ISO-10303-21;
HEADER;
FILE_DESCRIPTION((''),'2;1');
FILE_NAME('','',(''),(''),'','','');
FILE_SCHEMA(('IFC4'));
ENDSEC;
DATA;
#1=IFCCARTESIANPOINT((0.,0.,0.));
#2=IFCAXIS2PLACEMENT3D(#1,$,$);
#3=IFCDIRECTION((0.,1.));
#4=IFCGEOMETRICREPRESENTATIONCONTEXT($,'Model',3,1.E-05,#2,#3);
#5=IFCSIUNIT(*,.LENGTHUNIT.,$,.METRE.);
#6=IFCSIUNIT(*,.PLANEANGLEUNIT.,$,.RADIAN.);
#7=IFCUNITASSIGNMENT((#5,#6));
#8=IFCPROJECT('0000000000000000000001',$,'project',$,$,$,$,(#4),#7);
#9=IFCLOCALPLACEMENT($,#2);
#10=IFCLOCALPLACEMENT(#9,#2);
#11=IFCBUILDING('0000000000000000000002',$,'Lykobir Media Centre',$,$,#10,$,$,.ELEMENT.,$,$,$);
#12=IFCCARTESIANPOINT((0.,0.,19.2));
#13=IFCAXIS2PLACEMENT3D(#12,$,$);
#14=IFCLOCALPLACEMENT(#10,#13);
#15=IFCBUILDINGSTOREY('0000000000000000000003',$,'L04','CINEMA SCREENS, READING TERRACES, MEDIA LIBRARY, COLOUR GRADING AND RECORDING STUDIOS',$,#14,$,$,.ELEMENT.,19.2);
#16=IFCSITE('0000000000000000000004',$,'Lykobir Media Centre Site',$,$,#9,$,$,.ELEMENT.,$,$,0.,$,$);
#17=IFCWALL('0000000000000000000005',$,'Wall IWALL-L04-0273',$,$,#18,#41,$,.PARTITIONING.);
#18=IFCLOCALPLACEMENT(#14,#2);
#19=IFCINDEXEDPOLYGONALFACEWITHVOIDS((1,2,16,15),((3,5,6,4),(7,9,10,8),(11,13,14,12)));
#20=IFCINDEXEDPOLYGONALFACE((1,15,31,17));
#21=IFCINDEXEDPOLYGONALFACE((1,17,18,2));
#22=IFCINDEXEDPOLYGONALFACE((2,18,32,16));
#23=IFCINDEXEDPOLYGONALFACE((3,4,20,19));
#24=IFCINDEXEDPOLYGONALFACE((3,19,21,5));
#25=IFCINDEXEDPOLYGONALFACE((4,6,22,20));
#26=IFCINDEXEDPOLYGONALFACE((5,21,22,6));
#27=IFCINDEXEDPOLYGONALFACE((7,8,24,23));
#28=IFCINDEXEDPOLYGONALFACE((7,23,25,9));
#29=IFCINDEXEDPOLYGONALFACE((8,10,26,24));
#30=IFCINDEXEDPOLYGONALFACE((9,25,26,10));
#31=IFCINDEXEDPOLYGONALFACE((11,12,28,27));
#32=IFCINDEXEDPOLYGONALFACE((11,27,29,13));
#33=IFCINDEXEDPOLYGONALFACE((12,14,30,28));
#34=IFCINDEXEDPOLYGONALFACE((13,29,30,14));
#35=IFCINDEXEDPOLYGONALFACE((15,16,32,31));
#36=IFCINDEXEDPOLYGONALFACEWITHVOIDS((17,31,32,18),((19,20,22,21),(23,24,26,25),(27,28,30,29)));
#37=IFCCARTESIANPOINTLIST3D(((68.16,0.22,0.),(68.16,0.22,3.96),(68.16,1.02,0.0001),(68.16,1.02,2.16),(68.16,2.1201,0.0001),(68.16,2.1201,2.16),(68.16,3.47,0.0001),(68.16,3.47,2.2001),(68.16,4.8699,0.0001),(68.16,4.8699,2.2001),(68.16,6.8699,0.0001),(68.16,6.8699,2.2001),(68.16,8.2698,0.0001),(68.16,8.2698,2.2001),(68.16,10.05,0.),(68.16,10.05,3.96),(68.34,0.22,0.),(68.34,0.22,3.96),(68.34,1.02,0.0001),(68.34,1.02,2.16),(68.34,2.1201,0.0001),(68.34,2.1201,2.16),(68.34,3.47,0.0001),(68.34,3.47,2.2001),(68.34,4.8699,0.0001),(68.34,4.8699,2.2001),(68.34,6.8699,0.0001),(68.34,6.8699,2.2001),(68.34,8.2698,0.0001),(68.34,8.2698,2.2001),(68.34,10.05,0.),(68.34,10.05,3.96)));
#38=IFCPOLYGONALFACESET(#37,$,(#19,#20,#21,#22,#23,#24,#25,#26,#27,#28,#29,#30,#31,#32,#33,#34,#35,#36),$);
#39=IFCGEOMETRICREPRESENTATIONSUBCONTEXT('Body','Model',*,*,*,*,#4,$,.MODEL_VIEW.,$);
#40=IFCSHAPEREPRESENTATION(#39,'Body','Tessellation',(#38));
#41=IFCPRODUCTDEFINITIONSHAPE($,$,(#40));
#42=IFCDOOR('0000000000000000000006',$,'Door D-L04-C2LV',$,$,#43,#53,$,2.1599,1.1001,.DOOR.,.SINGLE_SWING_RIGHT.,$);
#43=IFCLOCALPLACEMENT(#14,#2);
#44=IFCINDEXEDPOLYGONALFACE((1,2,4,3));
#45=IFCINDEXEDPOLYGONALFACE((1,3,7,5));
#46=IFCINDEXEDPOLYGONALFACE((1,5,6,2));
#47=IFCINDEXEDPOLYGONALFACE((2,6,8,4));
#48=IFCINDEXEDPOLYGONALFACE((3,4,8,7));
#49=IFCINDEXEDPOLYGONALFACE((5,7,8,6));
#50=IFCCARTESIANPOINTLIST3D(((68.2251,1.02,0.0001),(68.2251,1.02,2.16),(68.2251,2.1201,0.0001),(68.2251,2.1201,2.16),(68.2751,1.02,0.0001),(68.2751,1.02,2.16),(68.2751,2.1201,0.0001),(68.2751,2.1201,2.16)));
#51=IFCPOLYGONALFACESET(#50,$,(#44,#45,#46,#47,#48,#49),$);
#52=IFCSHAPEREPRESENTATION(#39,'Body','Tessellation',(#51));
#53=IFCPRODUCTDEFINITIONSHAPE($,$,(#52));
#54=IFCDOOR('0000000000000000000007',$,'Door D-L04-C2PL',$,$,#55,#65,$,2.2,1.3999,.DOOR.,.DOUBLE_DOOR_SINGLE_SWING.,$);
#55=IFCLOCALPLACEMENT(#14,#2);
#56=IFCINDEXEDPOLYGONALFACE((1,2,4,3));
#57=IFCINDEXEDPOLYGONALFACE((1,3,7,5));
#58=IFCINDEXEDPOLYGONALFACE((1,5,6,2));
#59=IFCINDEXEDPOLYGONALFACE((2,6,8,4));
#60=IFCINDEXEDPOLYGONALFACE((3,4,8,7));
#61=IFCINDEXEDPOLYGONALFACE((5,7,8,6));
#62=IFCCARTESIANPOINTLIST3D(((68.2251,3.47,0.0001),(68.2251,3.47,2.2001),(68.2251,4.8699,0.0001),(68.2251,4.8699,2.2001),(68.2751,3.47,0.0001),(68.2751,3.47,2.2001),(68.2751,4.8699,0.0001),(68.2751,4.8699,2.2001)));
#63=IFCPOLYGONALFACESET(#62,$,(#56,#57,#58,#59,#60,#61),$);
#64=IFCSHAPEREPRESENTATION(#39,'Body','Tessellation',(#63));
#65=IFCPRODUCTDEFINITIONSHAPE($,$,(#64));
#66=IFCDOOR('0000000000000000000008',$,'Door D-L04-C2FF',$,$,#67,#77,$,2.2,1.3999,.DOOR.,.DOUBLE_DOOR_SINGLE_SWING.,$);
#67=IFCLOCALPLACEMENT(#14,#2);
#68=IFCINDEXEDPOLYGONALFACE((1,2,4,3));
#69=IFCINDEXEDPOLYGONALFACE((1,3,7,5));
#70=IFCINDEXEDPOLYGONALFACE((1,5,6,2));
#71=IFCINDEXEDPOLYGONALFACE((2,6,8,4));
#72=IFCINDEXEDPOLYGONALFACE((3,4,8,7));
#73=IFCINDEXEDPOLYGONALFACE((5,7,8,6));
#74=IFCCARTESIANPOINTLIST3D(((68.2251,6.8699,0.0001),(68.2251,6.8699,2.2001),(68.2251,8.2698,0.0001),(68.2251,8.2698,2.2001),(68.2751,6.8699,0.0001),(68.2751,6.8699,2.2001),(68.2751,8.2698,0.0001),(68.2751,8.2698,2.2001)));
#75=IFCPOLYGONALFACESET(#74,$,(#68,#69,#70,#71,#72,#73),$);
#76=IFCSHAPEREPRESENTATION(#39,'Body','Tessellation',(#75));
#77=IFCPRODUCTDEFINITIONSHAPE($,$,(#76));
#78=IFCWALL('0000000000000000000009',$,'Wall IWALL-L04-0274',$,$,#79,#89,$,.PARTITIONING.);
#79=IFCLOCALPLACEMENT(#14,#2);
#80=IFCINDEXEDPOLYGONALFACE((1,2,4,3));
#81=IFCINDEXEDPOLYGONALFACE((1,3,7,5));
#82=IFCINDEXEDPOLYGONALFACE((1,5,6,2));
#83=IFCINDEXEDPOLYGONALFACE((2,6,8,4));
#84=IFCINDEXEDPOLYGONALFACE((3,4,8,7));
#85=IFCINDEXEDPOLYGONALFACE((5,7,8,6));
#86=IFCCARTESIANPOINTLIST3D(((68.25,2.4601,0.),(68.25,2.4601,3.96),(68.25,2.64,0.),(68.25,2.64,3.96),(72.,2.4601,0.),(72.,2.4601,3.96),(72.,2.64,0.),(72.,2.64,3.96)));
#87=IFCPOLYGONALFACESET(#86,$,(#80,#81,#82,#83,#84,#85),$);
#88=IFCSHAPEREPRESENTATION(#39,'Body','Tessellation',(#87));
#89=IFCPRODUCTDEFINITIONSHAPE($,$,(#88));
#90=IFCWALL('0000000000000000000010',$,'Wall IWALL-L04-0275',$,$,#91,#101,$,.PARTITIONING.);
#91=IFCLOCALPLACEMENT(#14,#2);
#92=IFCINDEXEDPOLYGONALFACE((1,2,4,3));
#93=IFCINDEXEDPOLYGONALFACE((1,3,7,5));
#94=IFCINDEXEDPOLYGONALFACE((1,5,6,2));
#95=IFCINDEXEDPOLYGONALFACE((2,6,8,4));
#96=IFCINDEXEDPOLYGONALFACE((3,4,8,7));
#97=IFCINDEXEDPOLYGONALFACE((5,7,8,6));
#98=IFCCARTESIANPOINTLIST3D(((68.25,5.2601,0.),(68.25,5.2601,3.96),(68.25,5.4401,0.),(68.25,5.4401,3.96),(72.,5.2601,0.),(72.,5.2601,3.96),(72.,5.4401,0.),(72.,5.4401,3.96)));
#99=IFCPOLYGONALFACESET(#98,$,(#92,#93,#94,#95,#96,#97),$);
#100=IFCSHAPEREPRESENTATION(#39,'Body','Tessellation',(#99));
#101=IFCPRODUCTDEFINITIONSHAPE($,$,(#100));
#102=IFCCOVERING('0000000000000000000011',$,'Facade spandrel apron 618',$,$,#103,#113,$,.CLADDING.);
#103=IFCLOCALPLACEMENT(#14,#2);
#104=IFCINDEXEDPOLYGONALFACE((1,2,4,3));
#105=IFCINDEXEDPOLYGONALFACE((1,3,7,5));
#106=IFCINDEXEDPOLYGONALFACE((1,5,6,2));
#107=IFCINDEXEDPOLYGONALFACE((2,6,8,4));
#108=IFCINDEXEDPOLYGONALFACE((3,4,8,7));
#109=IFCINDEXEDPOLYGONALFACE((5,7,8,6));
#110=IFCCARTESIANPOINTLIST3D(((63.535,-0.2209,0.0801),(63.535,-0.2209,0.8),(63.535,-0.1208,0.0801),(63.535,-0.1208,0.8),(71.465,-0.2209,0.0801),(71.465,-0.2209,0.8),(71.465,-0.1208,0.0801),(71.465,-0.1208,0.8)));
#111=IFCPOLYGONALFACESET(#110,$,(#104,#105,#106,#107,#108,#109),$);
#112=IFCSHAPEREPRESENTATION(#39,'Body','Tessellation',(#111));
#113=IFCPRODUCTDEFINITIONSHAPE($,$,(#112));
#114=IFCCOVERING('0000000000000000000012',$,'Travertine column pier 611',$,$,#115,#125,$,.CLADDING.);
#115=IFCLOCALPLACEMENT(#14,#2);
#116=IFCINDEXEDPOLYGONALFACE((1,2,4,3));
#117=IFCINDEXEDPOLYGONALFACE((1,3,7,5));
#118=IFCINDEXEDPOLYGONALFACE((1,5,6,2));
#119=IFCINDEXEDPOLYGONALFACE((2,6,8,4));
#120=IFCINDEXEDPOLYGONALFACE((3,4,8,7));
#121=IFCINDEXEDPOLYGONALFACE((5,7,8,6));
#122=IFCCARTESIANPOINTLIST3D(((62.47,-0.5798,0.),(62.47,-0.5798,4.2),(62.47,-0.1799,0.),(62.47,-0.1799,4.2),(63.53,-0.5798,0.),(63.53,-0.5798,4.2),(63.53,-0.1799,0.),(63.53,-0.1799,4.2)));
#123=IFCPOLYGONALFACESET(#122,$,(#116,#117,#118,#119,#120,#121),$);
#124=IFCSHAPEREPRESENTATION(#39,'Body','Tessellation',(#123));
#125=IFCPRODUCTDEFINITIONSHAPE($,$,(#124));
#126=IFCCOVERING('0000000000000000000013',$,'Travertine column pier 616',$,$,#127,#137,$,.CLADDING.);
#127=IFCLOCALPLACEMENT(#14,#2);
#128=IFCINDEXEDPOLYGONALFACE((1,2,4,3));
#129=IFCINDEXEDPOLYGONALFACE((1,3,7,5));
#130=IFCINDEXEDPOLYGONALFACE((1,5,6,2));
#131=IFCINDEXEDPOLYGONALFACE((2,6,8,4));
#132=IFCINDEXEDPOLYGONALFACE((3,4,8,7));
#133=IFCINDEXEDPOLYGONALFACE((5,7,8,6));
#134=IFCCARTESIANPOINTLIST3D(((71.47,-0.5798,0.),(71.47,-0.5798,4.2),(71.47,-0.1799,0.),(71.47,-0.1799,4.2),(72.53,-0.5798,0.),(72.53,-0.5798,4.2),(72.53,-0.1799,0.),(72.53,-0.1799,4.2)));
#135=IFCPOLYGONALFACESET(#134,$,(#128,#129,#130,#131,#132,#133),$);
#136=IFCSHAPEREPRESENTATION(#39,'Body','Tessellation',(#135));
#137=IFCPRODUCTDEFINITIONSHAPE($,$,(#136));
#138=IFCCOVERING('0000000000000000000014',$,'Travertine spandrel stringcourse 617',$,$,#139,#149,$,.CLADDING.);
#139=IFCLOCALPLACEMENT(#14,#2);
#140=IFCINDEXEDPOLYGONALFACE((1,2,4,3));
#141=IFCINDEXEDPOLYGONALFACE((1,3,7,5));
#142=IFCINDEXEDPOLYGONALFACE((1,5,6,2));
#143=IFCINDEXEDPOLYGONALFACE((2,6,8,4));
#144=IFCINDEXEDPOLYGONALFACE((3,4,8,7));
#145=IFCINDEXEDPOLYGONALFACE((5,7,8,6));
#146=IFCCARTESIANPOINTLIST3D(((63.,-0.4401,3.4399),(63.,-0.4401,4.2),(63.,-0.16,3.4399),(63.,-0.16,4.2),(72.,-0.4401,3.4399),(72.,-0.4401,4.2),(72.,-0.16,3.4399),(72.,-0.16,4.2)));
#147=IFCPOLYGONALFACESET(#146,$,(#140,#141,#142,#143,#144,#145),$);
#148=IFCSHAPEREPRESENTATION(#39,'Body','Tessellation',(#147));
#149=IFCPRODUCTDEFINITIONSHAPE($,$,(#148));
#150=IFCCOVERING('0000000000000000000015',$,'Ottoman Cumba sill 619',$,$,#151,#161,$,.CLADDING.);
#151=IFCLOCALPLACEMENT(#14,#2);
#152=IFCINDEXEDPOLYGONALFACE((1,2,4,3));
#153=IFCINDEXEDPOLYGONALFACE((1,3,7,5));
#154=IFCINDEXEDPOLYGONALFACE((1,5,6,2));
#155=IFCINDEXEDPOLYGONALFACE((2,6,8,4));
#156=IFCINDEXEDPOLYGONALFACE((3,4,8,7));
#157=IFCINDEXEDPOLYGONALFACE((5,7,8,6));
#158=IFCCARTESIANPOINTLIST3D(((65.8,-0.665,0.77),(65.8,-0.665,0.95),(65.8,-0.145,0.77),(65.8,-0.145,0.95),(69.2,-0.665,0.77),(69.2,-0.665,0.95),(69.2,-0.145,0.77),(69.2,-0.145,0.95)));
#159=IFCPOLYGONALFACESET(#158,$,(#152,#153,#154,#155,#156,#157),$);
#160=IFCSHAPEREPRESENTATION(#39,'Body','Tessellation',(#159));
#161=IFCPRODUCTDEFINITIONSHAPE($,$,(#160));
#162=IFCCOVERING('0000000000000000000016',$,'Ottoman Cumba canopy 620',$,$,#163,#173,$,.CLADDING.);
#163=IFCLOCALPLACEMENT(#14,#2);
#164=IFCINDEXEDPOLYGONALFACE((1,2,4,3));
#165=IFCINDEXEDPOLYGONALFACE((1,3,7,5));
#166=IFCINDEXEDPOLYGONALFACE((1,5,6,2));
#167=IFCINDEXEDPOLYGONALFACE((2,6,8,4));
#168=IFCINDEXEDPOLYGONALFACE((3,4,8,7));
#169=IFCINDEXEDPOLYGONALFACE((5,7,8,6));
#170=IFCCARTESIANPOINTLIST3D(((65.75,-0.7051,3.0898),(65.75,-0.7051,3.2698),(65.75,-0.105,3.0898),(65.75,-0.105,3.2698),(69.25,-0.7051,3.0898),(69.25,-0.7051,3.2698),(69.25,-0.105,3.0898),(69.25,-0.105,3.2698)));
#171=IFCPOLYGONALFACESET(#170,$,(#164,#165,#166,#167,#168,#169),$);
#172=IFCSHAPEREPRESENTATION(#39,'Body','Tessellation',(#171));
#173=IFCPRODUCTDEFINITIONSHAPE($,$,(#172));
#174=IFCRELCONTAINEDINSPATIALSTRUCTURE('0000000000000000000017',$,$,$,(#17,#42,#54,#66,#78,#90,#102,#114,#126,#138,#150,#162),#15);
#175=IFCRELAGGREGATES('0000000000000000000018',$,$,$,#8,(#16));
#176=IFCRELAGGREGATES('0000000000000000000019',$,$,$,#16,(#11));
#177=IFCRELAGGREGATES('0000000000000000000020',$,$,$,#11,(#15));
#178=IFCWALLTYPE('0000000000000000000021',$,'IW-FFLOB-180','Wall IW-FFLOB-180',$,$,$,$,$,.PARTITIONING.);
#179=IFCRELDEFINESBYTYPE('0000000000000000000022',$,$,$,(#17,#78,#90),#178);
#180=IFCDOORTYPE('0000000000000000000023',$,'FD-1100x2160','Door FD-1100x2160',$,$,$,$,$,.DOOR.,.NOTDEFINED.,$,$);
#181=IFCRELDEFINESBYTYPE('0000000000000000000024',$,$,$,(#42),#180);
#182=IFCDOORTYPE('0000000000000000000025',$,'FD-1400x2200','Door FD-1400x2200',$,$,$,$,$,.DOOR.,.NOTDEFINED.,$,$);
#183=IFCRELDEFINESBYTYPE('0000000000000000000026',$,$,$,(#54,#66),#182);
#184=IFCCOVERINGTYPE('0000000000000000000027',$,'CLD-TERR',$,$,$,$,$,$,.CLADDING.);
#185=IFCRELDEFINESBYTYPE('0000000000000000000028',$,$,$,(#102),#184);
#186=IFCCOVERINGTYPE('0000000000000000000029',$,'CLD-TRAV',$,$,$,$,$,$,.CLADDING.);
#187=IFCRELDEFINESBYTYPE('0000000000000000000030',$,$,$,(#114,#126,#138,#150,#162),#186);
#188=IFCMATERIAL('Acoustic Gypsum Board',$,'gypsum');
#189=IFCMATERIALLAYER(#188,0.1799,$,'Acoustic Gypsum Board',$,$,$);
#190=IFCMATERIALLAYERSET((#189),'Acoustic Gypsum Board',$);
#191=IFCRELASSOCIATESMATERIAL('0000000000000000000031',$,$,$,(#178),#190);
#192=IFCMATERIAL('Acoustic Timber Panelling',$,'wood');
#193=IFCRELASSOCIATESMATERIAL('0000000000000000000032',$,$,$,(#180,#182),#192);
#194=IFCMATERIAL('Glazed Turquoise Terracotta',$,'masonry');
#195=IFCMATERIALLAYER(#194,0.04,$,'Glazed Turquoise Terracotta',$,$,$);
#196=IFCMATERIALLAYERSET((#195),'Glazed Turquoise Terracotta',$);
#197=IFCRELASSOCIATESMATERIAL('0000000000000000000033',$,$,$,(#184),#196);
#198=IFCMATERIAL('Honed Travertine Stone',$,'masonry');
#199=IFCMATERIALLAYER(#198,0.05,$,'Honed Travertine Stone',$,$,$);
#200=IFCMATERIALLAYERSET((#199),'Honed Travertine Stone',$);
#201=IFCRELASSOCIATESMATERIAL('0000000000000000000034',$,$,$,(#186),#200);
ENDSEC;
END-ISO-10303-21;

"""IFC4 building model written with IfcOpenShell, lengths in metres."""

from ifc_helpers import new_model, si_unit, direction, frame, frame_2d, origin, origin_2d, place, context, subcontext, project, spatial, rectangle, extrude, material, layer, layer_set, type_object, element, fill, save


model = new_model("IFC4")

# Units and contexts
model_context = context("Model", 3, precision=1e-05, world=origin(), true_north=direction((0.0, 1.0)))
body_context = subcontext(model_context, "Body", "Model", "MODEL_VIEW")
ifc_project = project(units=[si_unit("LENGTHUNIT", "METRE"), si_unit("PLANEANGLEUNIT", "RADIAN")], contexts=[model_context])

# Site, building, storey
site_placement = place(None, origin())
site = spatial("IfcSite", under=ifc_project, at=site_placement, Name="Lykobir Media Centre Site", CompositionType="ELEMENT", RefElevation=0.0)
building_placement = place(site_placement, origin())
building = spatial("IfcBuilding", under=site, at=building_placement, Name="Lykobir Media Centre", CompositionType="ELEMENT")
storey_placement = place(building_placement, frame((0.0, 0.0, 19.2)))
storey = spatial("IfcBuildingStorey", under=building, at=storey_placement, Name="L04", Description="CINEMA SCREENS, READING TERRACES, MEDIA LIBRARY, COLOUR GRADING AND RECORDING STUDIOS", CompositionType="ELEMENT", Elevation=19.2)

# Shared definitions
ifc_material_1 = material(Name="Glazed Turquoise Terracotta", Category="masonry")

# Shared definitions
ifc_material_2 = material(Name="Acoustic Gypsum Board", Category="gypsum")

# Wall, openings, doors
ifc_layer_1 = layer(ifc_material_2, 0.1799, Name="Acoustic Gypsum Board")
ifc_layer_set_1 = layer_set([ifc_layer_1], Name="Acoustic Gypsum Board")
wall_type_1 = type_object("IfcWallType", Name="IW-FFLOB-180", Description="Wall IW-FFLOB-180", PredefinedType="PARTITIONING", material=ifc_layer_set_1)
wall_1_placement = place(storey_placement, frame((68.25, 0.22, 0.0), z_axis=(0.0, 0.0, 1.0), x_axis=(0.0, 1.0, 0.0)))
wall_1 = element("IfcWall", 1, at=wall_1_placement, inside=storey, type_object=wall_type_1, Name="Wall IWALL-L04-0273", PredefinedType="PARTITIONING", context=body_context, shape_type="SweptSolid", body=[
    extrude(rectangle(XDim=9.8301, YDim=0.1799, at=frame_2d((4.915, 0.0))), origin(), (0.0, 0.0, 1.0), 3.96),
])
opening_1_placement = place(wall_1_placement, frame((0.8, 0.0, 0.0)))
opening_1 = element("IfcOpeningElement", 2, at=opening_1_placement, cuts=wall_1, PredefinedType="OPENING", context=body_context, shape_type="SweptSolid", body=[
    extrude(rectangle(XDim=1.1001, YDim=2.1599, at=frame_2d((0.55, 1.0801))), frame((0.0, 0.0999, 0.0), z_axis=(0.0, -1.0, 0.0), x_axis=(1.0, 0.0, 0.0)), (0.0, 0.0, 1.0), 0.2),
])
opening_2_placement = place(wall_1_placement, frame((3.25, 0.0, 0.0)))
opening_2 = element("IfcOpeningElement", 3, at=opening_2_placement, cuts=wall_1, PredefinedType="OPENING", context=body_context, shape_type="SweptSolid", body=[
    extrude(rectangle(XDim=1.3999, YDim=2.2, at=frame_2d((0.7, 1.1001))), frame((0.0, 0.0999, 0.0), z_axis=(0.0, -1.0, 0.0), x_axis=(1.0, 0.0, 0.0)), (0.0, 0.0, 1.0), 0.2),
])
opening_3_placement = place(wall_1_placement, frame((6.6499, 0.0, 0.0)))
opening_3 = element("IfcOpeningElement", 4, at=opening_3_placement, cuts=wall_1, PredefinedType="OPENING", context=body_context, shape_type="SweptSolid", body=[
    extrude(rectangle(XDim=1.3999, YDim=2.2, at=frame_2d((0.7, 1.1001))), frame((0.0, 0.0999, 0.0), z_axis=(0.0, -1.0, 0.0), x_axis=(1.0, 0.0, 0.0)), (0.0, 0.0, 1.0), 0.2),
])
ifc_material_3 = material(Name="Acoustic Timber Panelling", Category="wood")
door_type_1 = type_object("IfcDoorType", Name="FD-1100x2160", Description="Door FD-1100x2160", OperationType="NOTDEFINED", PredefinedType="DOOR", material=ifc_material_3)
door_1_placement = place(opening_1_placement, origin())
door_1 = element("IfcDoor", 5, at=door_1_placement, inside=storey, type_object=door_type_1, Name="Door D-L04-C2LV", OperationType="SINGLE_SWING_RIGHT", OverallHeight=2.1599, OverallWidth=1.1001, PredefinedType="DOOR", context=body_context, shape_type="SweptSolid", body=[
    extrude(rectangle(XDim=1.1001, YDim=2.1599, at=frame_2d((0.55, 1.0801))), frame((0.0, 0.0249, 0.0), z_axis=(0.0, -1.0, 0.0), x_axis=(1.0, 0.0, 0.0)), (0.0, 0.0, 1.0), 0.05),
])
fill(opening_1, door_1)
door_type_2 = type_object("IfcDoorType", Name="FD-1400x2200", Description="Door FD-1400x2200", OperationType="NOTDEFINED", PredefinedType="DOOR", material=ifc_material_3)
door_2_placement = place(opening_2_placement, origin())
door_2 = element("IfcDoor", 6, at=door_2_placement, inside=storey, type_object=door_type_2, Name="Door D-L04-C2PL", OperationType="DOUBLE_DOOR_SINGLE_SWING", OverallHeight=2.2, OverallWidth=1.3999, PredefinedType="DOOR", context=body_context, shape_type="SweptSolid", body=[
    extrude(rectangle(XDim=1.3999, YDim=2.2, at=frame_2d((0.7, 1.1001))), frame((0.0, 0.0249, 0.0), z_axis=(0.0, -1.0, 0.0), x_axis=(1.0, 0.0, 0.0)), (0.0, 0.0, 1.0), 0.05),
])
fill(opening_2, door_2)
door_3_placement = place(opening_3_placement, origin())
door_3 = element("IfcDoor", 7, at=door_3_placement, inside=storey, type_object=door_type_2, Name="Door D-L04-C2FF", OperationType="DOUBLE_DOOR_SINGLE_SWING", OverallHeight=2.2, OverallWidth=1.3999, PredefinedType="DOOR", context=body_context, shape_type="SweptSolid", body=[
    extrude(rectangle(XDim=1.3999, YDim=2.2, at=frame_2d((0.7, 1.1001))), frame((0.0, 0.0249, 0.0), z_axis=(0.0, -1.0, 0.0), x_axis=(1.0, 0.0, 0.0)), (0.0, 0.0, 1.0), 0.05),
])
fill(opening_3, door_3)

# Walls
for number, where, z_axis, x_axis, name in (
    (8, (68.25, 2.55, 0.0), (0.0, 0.0, 1.0), (1.0, 0.0, 0.0), "Wall IWALL-L04-0274"),
    (9, (68.25, 5.3501, 0.0), (0.0, 0.0, 1.0), (1.0, 0.0, 0.0), "Wall IWALL-L04-0275"),
):
    element("IfcWall", number, at=place(storey_placement, frame(where, z_axis=z_axis, x_axis=x_axis)), inside=storey, type_object=wall_type_1, Name=name, PredefinedType="PARTITIONING", context=body_context, shape_type="SweptSolid", body=[
        extrude(rectangle(XDim=3.75, YDim=0.1799, at=frame_2d((1.875, 0.0))), origin(), (0.0, 0.0, 1.0), 3.96),
    ])

# Coverings
ifc_layer_2 = layer(ifc_material_1, 0.04, Name="Glazed Turquoise Terracotta")
ifc_layer_set_2 = layer_set([ifc_layer_2], Name="Glazed Turquoise Terracotta")
covering_type_1 = type_object("IfcCoveringType", Name="CLD-TERR", PredefinedType="CLADDING", material=ifc_layer_set_2)
covering_1_placement = place(storey_placement, frame((67.5, -0.1709, 0.0801), z_axis=(0.0, 0.0, 1.0), x_axis=(1.0, 0.0, 0.0)))
element("IfcCovering", 10, at=covering_1_placement, inside=storey, type_object=covering_type_1, Name="Facade spandrel apron 618", PredefinedType="CLADDING", context=body_context, shape_type="SweptSolid", body=[
    extrude(rectangle(XDim=7.9299, YDim=0.1001, at=origin_2d()), origin(), (0.0, 0.0, 1.0), 0.72),
])
ifc_material_4 = material(Name="Honed Travertine Stone", Category="masonry")
ifc_layer_3 = layer(ifc_material_4, 0.05, Name="Honed Travertine Stone")
ifc_layer_set_3 = layer_set([ifc_layer_3], Name="Honed Travertine Stone")
covering_type_2 = type_object("IfcCoveringType", Name="CLD-TRAV", PredefinedType="CLADDING", material=ifc_layer_set_3)
for number, where, z_axis, x_axis, name in (
    (11, (63.0, -0.3799, 0.0), (0.0, 0.0, 1.0), (1.0, 0.0, 0.0), "Travertine column pier 611"),
    (12, (72.0, -0.3799, 0.0), (0.0, 0.0, 1.0), (1.0, 0.0, 0.0), "Travertine column pier 616"),
):
    element("IfcCovering", number, at=place(storey_placement, frame(where, z_axis=z_axis, x_axis=x_axis)), inside=storey, type_object=covering_type_2, Name=name, PredefinedType="CLADDING", context=body_context, shape_type="SweptSolid", body=[
        extrude(rectangle(XDim=1.0601, YDim=0.3999, at=origin_2d()), origin(), (0.0, 0.0, 1.0), 4.2),
    ])
covering_2_placement = place(storey_placement, frame((67.5, -0.3, 3.4399), z_axis=(0.0, 0.0, 1.0), x_axis=(1.0, 0.0, 0.0)))
element("IfcCovering", 13, at=covering_2_placement, inside=storey, type_object=covering_type_2, Name="Travertine spandrel stringcourse 617", PredefinedType="CLADDING", context=body_context, shape_type="SweptSolid", body=[
    extrude(rectangle(XDim=9.0, YDim=0.28, at=origin_2d()), origin(), (0.0, 0.0, 1.0), 0.76),
])
covering_3_placement = place(storey_placement, frame((67.5, -0.405, 0.77), z_axis=(0.0, 0.0, 1.0), x_axis=(1.0, 0.0, 0.0)))
element("IfcCovering", 14, at=covering_3_placement, inside=storey, type_object=covering_type_2, Name="Ottoman Cumba sill 619", PredefinedType="CLADDING", context=body_context, shape_type="SweptSolid", body=[
    extrude(rectangle(XDim=3.3999, YDim=0.52, at=origin_2d()), origin(), (0.0, 0.0, 1.0), 0.1799),
])
covering_4_placement = place(storey_placement, frame((67.5, -0.405, 3.0898), z_axis=(0.0, 0.0, 1.0), x_axis=(1.0, 0.0, 0.0)))
element("IfcCovering", 15, at=covering_4_placement, inside=storey, type_object=covering_type_2, Name="Ottoman Cumba canopy 620", PredefinedType="CLADDING", context=body_context, shape_type="SweptSolid", body=[
    extrude(rectangle(XDim=3.5, YDim=0.6001, at=origin_2d()), origin(), (0.0, 0.0, 1.0), 0.1799),
])

save(model, "model.ifc")
